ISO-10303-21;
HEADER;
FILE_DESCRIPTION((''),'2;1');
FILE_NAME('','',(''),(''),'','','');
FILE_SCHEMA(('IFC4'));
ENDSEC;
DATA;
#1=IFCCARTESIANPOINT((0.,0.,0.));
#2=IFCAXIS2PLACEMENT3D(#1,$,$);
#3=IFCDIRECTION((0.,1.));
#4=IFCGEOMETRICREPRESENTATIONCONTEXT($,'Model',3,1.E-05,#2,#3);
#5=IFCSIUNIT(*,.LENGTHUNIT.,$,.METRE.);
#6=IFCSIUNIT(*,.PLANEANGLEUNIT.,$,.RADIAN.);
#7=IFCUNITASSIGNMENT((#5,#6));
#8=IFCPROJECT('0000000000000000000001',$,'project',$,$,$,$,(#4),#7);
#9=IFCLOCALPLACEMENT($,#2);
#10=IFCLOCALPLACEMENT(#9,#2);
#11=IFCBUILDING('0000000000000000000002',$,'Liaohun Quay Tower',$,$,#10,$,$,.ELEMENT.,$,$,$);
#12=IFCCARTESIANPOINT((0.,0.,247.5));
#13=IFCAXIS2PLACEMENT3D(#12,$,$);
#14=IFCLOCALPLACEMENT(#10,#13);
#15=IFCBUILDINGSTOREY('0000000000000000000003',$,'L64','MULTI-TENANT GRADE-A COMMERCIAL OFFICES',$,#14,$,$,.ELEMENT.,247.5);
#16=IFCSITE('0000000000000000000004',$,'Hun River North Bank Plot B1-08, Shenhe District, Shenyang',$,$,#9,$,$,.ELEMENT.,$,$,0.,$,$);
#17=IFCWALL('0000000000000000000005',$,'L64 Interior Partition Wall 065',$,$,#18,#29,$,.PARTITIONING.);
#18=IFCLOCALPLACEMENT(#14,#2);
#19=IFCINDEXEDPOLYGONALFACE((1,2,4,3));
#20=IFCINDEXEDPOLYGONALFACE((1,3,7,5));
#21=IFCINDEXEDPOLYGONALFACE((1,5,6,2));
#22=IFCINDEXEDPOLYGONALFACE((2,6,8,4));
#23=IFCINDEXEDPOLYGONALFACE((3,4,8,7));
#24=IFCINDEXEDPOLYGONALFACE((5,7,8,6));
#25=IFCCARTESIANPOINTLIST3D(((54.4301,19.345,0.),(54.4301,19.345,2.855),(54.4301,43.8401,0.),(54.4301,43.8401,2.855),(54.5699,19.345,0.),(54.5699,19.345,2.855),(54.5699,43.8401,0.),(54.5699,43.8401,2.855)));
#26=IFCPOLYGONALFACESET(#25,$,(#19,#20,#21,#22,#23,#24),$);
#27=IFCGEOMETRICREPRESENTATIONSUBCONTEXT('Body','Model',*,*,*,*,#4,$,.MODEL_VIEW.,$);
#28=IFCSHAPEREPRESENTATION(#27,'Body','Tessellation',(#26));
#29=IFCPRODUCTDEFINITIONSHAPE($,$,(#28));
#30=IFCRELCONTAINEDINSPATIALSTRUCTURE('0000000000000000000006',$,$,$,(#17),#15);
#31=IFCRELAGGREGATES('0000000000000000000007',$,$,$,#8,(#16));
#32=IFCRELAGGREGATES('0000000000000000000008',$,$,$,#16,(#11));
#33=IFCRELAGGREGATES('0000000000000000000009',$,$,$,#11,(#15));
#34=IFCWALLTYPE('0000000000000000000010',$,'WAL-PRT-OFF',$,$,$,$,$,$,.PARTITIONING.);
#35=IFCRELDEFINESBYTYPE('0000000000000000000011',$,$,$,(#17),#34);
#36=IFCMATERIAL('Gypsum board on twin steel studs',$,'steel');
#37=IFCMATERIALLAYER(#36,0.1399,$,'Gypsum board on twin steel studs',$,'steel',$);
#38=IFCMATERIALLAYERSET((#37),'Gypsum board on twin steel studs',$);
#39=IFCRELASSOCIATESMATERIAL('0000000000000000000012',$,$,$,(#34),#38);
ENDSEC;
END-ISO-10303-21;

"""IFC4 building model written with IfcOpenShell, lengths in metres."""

from ifc_helpers import new_model, si_unit, direction, frame, frame_2d, origin, place, context, subcontext, project, spatial, rectangle, extrude, material, layer, layer_set, type_object, element, save


model = new_model("IFC4")

# Units and contexts
model_context = context("Model", 3, precision=1e-05, world=origin(), true_north=direction((0.0, 1.0)))
body_context = subcontext(model_context, "Body", "Model", "MODEL_VIEW")
ifc_project = project(units=[si_unit("LENGTHUNIT", "METRE"), si_unit("PLANEANGLEUNIT", "RADIAN")], contexts=[model_context])

# Site, building, storey
site_placement = place(None, origin())
site = spatial("IfcSite", under=ifc_project, at=site_placement, Name="Hun River North Bank Plot B1-08, Shenhe District, Shenyang", CompositionType="ELEMENT", RefElevation=0.0)
building_placement = place(site_placement, origin())
building = spatial("IfcBuilding", under=site, at=building_placement, Name="Liaohun Quay Tower", CompositionType="ELEMENT")
storey_placement = place(building_placement, frame((0.0, 0.0, 247.5)))
storey = spatial("IfcBuildingStorey", under=building, at=storey_placement, Name="L64", Description="MULTI-TENANT GRADE-A COMMERCIAL OFFICES", CompositionType="ELEMENT", Elevation=247.5)

# Wall
ifc_material_1 = material(Name="Gypsum board on twin steel studs", Category="steel")
ifc_layer_1 = layer(ifc_material_1, 0.1399, Name="Gypsum board on twin steel studs", Category="steel")
ifc_layer_set_1 = layer_set([ifc_layer_1], Name="Gypsum board on twin steel studs")
wall_type_1 = type_object("IfcWallType", Name="WAL-PRT-OFF", PredefinedType="PARTITIONING", material=ifc_layer_set_1)
wall_1_placement = place(storey_placement, frame((54.5, 43.8401, 0.0), z_axis=(0.0, 0.0, 1.0), x_axis=(0.0, -1.0, 0.0)))
element("IfcWall", 1, at=wall_1_placement, inside=storey, type_object=wall_type_1, Name="L64 Interior Partition Wall 065", PredefinedType="PARTITIONING", context=body_context, shape_type="SweptSolid", body=[
    extrude(rectangle(XDim=24.4951, YDim=0.1399, at=frame_2d((12.2476, 0.0))), origin(), (0.0, 0.0, 1.0), 2.855),
])

save(model, "model.ifc")
